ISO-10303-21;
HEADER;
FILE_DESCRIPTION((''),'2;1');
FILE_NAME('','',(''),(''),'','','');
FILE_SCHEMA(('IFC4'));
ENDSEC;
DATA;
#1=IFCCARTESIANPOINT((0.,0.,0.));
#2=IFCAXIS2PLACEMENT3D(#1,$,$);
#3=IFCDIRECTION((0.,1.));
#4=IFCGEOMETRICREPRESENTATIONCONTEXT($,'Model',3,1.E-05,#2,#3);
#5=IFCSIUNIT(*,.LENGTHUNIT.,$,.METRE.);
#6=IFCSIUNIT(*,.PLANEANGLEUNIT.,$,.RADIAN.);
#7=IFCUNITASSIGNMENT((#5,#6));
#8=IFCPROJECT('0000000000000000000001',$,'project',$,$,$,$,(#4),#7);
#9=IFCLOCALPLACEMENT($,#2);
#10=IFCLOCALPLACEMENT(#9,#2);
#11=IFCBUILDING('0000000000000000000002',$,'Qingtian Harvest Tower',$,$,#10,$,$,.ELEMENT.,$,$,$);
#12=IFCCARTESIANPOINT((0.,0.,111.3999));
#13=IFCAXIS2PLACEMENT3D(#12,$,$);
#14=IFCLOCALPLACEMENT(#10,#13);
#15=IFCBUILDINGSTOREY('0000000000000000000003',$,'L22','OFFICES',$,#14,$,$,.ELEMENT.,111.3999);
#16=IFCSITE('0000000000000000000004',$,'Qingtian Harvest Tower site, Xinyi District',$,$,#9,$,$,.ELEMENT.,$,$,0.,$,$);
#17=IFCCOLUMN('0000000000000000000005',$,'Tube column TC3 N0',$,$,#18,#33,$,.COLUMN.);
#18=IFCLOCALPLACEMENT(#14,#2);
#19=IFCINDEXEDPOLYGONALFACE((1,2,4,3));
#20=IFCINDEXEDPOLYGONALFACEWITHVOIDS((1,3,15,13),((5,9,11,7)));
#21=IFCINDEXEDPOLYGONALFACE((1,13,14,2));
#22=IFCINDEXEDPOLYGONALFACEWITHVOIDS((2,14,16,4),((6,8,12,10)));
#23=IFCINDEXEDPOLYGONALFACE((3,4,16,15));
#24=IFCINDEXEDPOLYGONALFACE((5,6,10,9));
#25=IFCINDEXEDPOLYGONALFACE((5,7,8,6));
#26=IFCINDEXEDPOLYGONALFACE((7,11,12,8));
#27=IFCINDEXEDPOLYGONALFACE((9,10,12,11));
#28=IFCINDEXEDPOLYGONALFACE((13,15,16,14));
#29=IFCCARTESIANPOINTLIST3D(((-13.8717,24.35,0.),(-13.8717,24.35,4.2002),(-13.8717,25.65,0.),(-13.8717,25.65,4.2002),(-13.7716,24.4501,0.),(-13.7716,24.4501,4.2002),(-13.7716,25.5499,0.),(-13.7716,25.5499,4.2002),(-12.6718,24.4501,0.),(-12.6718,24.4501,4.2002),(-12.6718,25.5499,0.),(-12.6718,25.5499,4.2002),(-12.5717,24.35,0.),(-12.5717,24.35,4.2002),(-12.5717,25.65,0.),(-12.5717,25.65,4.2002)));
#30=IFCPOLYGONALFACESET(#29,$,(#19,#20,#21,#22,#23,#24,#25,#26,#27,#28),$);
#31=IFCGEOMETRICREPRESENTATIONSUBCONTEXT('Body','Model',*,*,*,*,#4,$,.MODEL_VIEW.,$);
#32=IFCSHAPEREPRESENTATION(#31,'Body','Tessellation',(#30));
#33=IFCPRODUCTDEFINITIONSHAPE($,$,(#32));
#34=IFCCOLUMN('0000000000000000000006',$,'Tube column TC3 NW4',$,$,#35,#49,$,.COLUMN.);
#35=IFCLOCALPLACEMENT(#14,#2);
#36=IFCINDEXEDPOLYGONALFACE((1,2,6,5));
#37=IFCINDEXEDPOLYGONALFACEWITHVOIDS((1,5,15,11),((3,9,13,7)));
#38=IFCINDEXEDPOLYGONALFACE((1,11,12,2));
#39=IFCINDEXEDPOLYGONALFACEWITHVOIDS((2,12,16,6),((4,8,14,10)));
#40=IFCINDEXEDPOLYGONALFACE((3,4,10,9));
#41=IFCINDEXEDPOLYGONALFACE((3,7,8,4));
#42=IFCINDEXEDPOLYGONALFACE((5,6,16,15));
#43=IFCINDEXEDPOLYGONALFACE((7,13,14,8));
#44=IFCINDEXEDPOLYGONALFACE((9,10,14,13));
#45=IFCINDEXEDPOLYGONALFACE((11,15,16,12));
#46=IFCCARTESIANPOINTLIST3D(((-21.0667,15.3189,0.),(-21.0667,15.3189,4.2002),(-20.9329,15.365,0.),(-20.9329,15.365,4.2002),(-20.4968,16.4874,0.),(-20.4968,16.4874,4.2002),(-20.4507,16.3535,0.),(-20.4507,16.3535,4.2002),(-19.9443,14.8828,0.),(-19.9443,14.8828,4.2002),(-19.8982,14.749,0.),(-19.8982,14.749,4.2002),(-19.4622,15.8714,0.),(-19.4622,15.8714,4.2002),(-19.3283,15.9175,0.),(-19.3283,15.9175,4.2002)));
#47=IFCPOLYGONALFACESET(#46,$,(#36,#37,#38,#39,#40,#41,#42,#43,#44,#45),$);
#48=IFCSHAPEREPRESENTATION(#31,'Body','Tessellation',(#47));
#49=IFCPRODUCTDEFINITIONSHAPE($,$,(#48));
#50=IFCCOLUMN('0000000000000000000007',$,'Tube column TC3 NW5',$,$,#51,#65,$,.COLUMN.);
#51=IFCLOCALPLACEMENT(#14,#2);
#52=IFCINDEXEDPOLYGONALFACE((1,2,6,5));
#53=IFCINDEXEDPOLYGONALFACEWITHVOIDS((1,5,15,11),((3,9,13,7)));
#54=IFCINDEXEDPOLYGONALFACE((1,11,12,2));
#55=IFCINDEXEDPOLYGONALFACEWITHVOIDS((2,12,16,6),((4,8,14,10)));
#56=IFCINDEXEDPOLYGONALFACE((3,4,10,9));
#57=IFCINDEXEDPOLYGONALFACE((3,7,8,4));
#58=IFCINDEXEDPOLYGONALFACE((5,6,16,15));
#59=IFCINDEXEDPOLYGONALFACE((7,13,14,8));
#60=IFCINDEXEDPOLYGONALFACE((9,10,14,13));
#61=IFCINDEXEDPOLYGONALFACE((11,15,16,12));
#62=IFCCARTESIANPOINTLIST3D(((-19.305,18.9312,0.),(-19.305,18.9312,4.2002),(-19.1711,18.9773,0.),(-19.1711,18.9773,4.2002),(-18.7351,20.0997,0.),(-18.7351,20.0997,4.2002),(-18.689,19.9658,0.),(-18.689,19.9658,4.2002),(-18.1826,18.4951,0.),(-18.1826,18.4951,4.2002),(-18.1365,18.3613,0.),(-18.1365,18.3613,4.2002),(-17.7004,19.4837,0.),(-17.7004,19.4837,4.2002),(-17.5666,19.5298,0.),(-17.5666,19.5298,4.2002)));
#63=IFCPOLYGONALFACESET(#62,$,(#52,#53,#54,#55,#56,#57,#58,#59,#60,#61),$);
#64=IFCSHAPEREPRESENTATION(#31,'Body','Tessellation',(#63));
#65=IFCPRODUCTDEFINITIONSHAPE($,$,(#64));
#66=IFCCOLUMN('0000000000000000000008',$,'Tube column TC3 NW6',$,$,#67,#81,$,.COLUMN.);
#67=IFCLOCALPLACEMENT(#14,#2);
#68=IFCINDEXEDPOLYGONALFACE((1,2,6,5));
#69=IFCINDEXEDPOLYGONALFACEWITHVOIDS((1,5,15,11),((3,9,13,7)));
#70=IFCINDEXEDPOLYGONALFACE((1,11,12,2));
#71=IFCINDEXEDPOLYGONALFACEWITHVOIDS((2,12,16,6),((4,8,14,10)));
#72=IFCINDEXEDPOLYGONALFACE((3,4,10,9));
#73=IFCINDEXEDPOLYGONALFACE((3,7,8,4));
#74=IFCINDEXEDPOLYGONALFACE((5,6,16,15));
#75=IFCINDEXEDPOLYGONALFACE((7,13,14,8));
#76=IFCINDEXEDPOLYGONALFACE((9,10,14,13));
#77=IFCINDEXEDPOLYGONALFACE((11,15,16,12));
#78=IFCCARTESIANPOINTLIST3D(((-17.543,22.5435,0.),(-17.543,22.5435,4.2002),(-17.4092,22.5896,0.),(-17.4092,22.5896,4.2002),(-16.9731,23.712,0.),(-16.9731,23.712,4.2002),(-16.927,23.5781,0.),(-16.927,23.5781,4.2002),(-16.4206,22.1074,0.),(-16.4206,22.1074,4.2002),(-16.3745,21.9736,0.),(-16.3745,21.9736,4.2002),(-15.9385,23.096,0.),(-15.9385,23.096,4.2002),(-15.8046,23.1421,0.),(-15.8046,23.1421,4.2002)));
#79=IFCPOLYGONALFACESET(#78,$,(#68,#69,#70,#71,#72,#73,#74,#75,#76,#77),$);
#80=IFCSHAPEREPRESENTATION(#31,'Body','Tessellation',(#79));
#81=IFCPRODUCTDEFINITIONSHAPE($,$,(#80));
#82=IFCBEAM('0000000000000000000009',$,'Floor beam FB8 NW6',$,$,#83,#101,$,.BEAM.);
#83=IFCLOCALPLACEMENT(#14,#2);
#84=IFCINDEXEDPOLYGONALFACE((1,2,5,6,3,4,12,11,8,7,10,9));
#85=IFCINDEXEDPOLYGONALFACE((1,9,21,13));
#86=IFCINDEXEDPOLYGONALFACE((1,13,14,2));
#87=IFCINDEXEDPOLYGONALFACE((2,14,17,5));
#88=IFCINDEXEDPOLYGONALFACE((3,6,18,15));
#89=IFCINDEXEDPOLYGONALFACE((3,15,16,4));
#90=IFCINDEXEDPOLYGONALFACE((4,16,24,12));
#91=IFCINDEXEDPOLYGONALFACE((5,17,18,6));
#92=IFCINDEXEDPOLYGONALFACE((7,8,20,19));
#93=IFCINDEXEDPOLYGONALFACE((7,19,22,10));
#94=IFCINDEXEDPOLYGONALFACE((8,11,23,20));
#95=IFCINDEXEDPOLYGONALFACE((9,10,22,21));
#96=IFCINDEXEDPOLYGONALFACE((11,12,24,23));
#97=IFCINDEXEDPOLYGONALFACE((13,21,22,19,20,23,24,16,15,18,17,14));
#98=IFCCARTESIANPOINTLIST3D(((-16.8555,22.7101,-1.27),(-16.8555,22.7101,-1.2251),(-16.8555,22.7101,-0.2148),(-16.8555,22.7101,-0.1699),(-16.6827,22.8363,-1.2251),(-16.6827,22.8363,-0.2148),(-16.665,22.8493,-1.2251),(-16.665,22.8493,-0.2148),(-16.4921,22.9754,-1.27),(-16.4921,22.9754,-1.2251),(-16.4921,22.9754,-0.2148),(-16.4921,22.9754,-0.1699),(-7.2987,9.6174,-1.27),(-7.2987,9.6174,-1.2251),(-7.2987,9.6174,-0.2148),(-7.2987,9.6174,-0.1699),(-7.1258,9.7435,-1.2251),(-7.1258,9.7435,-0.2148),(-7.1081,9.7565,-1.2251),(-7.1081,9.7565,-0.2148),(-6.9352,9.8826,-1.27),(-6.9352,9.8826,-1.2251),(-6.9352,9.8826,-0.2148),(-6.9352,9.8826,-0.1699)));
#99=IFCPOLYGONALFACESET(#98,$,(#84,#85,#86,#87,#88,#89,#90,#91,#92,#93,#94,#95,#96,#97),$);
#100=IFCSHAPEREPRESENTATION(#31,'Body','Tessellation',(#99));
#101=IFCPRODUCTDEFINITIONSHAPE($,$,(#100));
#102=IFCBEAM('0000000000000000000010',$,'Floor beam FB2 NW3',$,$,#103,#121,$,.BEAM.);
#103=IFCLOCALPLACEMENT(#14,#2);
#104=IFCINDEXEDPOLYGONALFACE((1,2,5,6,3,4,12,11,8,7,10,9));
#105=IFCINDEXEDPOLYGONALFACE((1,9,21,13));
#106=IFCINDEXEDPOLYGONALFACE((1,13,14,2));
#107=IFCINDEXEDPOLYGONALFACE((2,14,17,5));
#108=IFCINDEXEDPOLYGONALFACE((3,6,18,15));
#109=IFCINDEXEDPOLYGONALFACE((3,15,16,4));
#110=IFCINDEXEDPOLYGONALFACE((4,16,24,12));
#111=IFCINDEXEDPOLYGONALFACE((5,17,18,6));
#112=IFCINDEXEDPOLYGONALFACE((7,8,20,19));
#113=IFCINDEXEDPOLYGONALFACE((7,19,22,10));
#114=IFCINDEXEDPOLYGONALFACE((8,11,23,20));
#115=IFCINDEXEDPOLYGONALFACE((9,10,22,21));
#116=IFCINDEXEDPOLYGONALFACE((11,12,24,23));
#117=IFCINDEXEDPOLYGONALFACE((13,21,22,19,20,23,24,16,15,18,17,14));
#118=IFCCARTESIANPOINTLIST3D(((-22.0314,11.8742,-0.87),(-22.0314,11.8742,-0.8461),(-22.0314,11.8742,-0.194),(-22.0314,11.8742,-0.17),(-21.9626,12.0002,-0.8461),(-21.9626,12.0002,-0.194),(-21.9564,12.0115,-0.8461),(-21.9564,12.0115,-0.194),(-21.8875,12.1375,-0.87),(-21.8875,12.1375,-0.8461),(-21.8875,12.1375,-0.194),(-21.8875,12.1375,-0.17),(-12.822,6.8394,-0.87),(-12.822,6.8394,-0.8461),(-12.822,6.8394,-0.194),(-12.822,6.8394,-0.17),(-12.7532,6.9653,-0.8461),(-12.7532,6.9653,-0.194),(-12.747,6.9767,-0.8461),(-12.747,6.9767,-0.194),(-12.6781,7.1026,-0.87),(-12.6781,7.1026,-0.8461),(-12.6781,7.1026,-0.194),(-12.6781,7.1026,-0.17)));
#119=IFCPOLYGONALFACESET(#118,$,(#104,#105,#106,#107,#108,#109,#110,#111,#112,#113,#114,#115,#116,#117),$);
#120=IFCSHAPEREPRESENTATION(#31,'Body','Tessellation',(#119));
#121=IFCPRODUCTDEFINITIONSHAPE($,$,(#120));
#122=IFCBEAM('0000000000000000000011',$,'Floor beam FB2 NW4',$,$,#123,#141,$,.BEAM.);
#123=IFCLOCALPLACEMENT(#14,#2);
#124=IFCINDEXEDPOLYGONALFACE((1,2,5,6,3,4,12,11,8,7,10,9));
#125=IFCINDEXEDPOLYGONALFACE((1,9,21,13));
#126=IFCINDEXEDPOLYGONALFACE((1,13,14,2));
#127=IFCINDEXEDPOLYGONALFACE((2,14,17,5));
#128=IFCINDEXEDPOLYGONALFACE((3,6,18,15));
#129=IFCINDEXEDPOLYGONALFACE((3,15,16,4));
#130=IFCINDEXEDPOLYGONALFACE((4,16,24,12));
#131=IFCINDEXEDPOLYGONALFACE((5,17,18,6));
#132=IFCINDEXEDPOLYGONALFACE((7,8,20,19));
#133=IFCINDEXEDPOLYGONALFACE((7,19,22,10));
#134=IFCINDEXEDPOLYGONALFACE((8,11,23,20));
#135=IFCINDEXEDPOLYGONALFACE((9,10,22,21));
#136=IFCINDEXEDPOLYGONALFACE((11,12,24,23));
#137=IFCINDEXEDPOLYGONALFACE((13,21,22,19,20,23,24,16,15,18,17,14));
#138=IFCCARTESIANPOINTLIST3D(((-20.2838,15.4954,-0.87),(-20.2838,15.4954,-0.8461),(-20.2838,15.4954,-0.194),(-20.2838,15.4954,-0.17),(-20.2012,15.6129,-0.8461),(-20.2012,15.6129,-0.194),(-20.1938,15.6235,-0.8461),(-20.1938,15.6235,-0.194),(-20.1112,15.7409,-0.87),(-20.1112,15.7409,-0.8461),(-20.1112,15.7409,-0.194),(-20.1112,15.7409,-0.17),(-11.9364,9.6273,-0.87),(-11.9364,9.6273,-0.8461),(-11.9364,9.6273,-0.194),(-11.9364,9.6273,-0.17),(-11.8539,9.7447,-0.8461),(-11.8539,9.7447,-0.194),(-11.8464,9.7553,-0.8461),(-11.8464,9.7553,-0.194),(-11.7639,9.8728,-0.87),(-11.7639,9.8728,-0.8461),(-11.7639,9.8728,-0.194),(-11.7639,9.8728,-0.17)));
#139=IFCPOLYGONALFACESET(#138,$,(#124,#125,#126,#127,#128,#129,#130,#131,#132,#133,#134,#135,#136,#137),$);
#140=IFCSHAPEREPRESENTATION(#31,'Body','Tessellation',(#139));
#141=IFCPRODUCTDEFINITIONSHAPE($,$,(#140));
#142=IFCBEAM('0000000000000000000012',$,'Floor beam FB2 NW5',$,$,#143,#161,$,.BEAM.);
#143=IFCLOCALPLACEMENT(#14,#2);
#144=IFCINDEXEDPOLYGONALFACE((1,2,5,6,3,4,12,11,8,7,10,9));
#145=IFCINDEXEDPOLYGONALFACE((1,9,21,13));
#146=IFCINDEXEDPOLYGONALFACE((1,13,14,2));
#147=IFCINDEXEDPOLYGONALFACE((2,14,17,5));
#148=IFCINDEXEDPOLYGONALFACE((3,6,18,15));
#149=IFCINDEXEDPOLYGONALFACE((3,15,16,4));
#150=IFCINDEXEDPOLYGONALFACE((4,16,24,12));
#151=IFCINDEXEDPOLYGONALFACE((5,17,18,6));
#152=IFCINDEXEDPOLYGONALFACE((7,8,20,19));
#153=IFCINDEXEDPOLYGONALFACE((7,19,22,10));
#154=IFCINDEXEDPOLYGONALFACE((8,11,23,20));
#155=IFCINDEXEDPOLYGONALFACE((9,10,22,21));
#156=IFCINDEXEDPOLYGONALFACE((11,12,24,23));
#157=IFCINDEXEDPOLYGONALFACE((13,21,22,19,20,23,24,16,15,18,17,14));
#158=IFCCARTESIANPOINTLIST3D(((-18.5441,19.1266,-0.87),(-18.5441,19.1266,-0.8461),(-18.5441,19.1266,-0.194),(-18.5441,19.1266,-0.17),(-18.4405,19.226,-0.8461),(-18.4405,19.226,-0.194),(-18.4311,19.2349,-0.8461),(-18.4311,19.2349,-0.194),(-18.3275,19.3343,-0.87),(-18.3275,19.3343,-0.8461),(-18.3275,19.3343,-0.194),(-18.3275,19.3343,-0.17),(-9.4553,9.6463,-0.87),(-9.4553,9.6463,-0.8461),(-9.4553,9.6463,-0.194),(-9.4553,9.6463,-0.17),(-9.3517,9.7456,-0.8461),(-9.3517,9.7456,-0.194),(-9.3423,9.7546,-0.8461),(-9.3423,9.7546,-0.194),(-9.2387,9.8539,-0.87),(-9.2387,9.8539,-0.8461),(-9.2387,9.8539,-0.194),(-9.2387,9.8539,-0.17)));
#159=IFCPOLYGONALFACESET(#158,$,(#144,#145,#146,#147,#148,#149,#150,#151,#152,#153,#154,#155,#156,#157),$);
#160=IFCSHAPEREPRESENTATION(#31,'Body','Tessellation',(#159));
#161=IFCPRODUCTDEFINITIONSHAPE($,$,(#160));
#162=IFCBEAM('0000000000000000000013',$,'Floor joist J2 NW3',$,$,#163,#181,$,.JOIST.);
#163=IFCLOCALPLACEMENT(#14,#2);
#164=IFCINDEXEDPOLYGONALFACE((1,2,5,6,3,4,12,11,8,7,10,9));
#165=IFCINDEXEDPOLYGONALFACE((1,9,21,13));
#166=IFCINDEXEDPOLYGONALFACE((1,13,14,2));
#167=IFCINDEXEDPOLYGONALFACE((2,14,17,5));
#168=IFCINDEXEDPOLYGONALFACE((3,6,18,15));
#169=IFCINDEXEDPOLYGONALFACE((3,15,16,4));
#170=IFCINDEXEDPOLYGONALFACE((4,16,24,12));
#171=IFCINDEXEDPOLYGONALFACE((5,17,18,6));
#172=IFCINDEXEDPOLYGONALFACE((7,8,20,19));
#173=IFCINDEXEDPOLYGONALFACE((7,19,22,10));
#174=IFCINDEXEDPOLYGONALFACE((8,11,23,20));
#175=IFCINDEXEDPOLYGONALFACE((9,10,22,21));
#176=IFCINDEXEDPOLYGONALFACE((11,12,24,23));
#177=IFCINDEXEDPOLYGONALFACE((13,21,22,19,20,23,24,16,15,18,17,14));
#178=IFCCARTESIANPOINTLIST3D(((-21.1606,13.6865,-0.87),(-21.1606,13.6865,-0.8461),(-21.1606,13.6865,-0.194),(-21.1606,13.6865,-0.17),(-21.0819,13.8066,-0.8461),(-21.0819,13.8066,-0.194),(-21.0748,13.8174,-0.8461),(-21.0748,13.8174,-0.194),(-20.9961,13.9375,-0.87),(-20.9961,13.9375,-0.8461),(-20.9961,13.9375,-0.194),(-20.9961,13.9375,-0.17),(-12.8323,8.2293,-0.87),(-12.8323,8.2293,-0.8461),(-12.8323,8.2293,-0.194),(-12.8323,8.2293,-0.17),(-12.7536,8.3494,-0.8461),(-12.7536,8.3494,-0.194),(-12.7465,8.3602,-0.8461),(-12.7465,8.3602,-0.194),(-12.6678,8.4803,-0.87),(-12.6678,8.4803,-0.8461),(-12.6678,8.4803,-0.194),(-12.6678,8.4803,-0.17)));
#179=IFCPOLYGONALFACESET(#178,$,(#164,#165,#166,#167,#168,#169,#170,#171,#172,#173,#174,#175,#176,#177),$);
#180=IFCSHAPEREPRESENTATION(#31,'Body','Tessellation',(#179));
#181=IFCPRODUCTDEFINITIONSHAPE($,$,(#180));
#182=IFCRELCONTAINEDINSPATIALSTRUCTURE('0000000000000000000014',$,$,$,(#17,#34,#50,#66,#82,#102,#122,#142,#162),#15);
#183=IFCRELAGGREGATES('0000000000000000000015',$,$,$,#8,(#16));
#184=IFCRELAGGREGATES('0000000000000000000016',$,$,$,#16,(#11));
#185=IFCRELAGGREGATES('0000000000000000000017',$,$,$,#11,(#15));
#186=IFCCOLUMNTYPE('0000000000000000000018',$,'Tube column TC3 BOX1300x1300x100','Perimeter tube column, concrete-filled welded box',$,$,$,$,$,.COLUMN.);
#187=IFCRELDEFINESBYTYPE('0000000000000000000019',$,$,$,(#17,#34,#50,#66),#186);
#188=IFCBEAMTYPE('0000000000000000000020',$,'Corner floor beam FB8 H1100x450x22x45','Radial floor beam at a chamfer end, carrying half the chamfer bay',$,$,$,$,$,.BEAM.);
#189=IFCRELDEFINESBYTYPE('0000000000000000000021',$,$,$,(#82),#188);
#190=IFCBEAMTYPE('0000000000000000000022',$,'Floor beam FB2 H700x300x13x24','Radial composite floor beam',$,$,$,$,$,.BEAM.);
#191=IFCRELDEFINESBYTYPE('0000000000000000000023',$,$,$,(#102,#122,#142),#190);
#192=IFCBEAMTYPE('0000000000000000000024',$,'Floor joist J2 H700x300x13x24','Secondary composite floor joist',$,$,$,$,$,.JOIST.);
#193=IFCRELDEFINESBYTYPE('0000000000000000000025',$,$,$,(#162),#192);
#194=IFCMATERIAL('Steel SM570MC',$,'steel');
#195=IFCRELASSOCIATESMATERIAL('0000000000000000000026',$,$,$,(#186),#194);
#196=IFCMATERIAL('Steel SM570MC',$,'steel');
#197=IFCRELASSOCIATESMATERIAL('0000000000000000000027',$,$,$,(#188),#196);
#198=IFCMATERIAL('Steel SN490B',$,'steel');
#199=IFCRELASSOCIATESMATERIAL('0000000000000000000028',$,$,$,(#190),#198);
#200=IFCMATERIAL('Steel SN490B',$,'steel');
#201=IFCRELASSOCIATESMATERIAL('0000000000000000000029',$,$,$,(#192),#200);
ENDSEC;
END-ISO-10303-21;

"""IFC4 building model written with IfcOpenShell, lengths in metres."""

from ifc_helpers import new_model, si_unit, direction, frame, origin, origin_2d, place, context, subcontext, project, spatial, hollow_rectangle, i_section, extrude, material, material_profile, profile_set, type_object, element, save


model = new_model("IFC4")

# Units and contexts
model_context = context("Model", 3, precision=1e-05, world=origin(), true_north=direction((0.0, 1.0)))
body_context = subcontext(model_context, "Body", "Model", "MODEL_VIEW")
ifc_project = project(units=[si_unit("LENGTHUNIT", "METRE"), si_unit("PLANEANGLEUNIT", "RADIAN")], contexts=[model_context])

# Site, building, storey
site_placement = place(None, origin())
site = spatial("IfcSite", under=ifc_project, at=site_placement, Name="Qingtian Harvest Tower site, Xinyi District", CompositionType="ELEMENT", RefElevation=0.0)
building_placement = place(site_placement, origin())
building = spatial("IfcBuilding", under=site, at=building_placement, Name="Qingtian Harvest Tower", CompositionType="ELEMENT")
storey_placement = place(building_placement, frame((0.0, 0.0, 111.3999)))
storey = spatial("IfcBuildingStorey", under=building, at=storey_placement, Name="L22", Description="OFFICES", CompositionType="ELEMENT", Elevation=111.3999)

# Columns
ifc_material_1 = material(Name="Steel SM570MC", Category="steel")
ifc_material_profile_1 = material_profile(ifc_material_1, hollow_rectangle(XDim=1.3, YDim=1.3, WallThickness=0.1001, at=origin_2d()), Name="BOX1300x1300x100")
ifc_profile_set_1 = profile_set([ifc_material_profile_1], Name="Steel SM570MC")
column_type = type_object("IfcColumnType", Name="Tube column TC3 BOX1300x1300x100", Description="Perimeter tube column, concrete-filled welded box", PredefinedType="COLUMN", material=ifc_profile_set_1)
for number, where, z_axis, x_axis, name in (
    (1, (-13.2217, 25.0, 0.0), (0.0, 0.0, 1.0), (-1.0, 0.0, 0.0), "Tube column TC3 N0"),
    (2, (-20.1975, 15.6182, 0.0), (0.0, 0.0, 1.0), (-0.438371, -0.898794, 0.0), "Tube column TC3 NW4"),
    (3, (-18.4358, 19.2305, 0.0), (0.0, 0.0, 1.0), (-0.438371, -0.898794, 0.0), "Tube column TC3 NW5"),
    (4, (-16.6738, 22.8428, 0.0), (0.0, 0.0, 1.0), (-0.438371, -0.898794, 0.0), "Tube column TC3 NW6"),
):
    element("IfcColumn", number, at=place(storey_placement, frame(where, z_axis=z_axis, x_axis=x_axis)), inside=storey, type_object=column_type, Name=name, PredefinedType="COLUMN", context=body_context, shape_type="SweptSolid", body=[
        extrude(hollow_rectangle(XDim=1.3, YDim=1.3, WallThickness=0.1001, at=origin_2d()), origin(), (0.0, 0.0, 1.0), 4.2002),
    ])

# Beams
ifc_material_2 = material(Name="Steel SM570MC", Category="steel")
ifc_material_profile_2 = material_profile(ifc_material_2, i_section(OverallWidth=0.45, OverallDepth=1.1001, WebThickness=0.022, FlangeThickness=0.0449, at=origin_2d()), Name="H1100x450x22x45")
ifc_profile_set_2 = profile_set([ifc_material_profile_2], Name="Steel SM570MC")
beam_type_1 = type_object("IfcBeamType", Name="Corner floor beam FB8 H1100x450x22x45", Description="Radial floor beam at a chamfer end, carrying half the chamfer bay", PredefinedType="BEAM", material=ifc_profile_set_2)
beam_1_placement = place(storey_placement, frame((-16.6738, 22.8428, -0.72), z_axis=(0.589578, -0.807712, 0.0), x_axis=(0.807712, 0.589578, 0.0)))
element("IfcBeam", 5, at=beam_1_placement, inside=storey, type_object=beam_type_1, Name="Floor beam FB8 NW6", PredefinedType="BEAM", context=body_context, shape_type="SweptSolid", body=[
    extrude(i_section(OverallWidth=0.45, OverallDepth=1.1001, WebThickness=0.022, FlangeThickness=0.0449, at=origin_2d()), origin(), (0.0, 0.0, 1.0), 16.2097),
])
ifc_material_3 = material(Name="Steel SN490B", Category="steel")
ifc_material_profile_3 = material_profile(ifc_material_3, i_section(OverallWidth=0.3, OverallDepth=0.7, WebThickness=0.0129, FlangeThickness=0.0239, at=origin_2d()), Name="H700x300x13x24")
ifc_profile_set_3 = profile_set([ifc_material_profile_3], Name="Steel SN490B")
beam_type_2 = type_object("IfcBeamType", Name="Floor beam FB2 H700x300x13x24", Description="Radial composite floor beam", PredefinedType="BEAM", material=ifc_profile_set_3)
beam_2_placement = place(storey_placement, frame((-21.9595, 12.0059, -0.52), z_axis=(0.877432, -0.479701, 0.0), x_axis=(0.479701, 0.877432, 0.0)))
element("IfcBeam", 6, at=beam_2_placement, inside=storey, type_object=beam_type_2, Name="Floor beam FB2 NW3", PredefinedType="BEAM", context=body_context, shape_type="SweptSolid", body=[
    extrude(i_section(OverallWidth=0.3, OverallDepth=0.7, WebThickness=0.0129, FlangeThickness=0.0239, at=origin_2d()), origin(), (0.0, 0.0, 1.0), 10.4958),
])
beam_3_placement = place(storey_placement, frame((-20.1975, 15.6182, -0.52), z_axis=(0.81808, -0.575104, 0.0), x_axis=(0.575104, 0.81808, 0.0)))
element("IfcBeam", 7, at=beam_3_placement, inside=storey, type_object=beam_type_2, Name="Floor beam FB2 NW4", PredefinedType="BEAM", context=body_context, shape_type="SweptSolid", body=[
    extrude(i_section(OverallWidth=0.3, OverallDepth=0.7, WebThickness=0.0129, FlangeThickness=0.0239, at=origin_2d()), origin(), (0.0, 0.0, 1.0), 10.2036),
])
beam_4_placement = place(storey_placement, frame((-18.4358, 19.2305, -0.52), z_axis=(0.692041, -0.721858, 0.0), x_axis=(0.721858, 0.692041, 0.0)))
element("IfcBeam", 8, at=beam_4_placement, inside=storey, type_object=beam_type_2, Name="Floor beam FB2 NW5", PredefinedType="BEAM", context=body_context, shape_type="SweptSolid", body=[
    extrude(i_section(OverallWidth=0.3, OverallDepth=0.7, WebThickness=0.0129, FlangeThickness=0.0239, at=origin_2d()), origin(), (0.0, 0.0, 1.0), 13.1333),
])
ifc_material_4 = material(Name="Steel SN490B", Category="steel")
ifc_material_profile_4 = material_profile(ifc_material_4, i_section(OverallWidth=0.3, OverallDepth=0.7, WebThickness=0.0129, FlangeThickness=0.0239, at=origin_2d()), Name="H700x300x13x24")
ifc_profile_set_4 = profile_set([ifc_material_profile_4], Name="Steel SN490B")
beam_type_3 = type_object("IfcBeamType", Name="Floor joist J2 H700x300x13x24", Description="Secondary composite floor joist", PredefinedType="JOIST", material=ifc_profile_set_4)
beam_5_placement = place(storey_placement, frame((-21.0784, 13.812, -0.52), z_axis=(0.836426, -0.548079, 0.0), x_axis=(0.548079, 0.836426, 0.0)))
element("IfcBeam", 9, at=beam_5_placement, inside=storey, type_object=beam_type_3, Name="Floor joist J2 NW3", PredefinedType="JOIST", context=body_context, shape_type="SweptSolid", body=[
    extrude(i_section(OverallWidth=0.3, OverallDepth=0.7, WebThickness=0.0129, FlangeThickness=0.0239, at=origin_2d()), origin(), (0.0, 0.0, 1.0), 9.957),
])

save(model, "model.ifc")
